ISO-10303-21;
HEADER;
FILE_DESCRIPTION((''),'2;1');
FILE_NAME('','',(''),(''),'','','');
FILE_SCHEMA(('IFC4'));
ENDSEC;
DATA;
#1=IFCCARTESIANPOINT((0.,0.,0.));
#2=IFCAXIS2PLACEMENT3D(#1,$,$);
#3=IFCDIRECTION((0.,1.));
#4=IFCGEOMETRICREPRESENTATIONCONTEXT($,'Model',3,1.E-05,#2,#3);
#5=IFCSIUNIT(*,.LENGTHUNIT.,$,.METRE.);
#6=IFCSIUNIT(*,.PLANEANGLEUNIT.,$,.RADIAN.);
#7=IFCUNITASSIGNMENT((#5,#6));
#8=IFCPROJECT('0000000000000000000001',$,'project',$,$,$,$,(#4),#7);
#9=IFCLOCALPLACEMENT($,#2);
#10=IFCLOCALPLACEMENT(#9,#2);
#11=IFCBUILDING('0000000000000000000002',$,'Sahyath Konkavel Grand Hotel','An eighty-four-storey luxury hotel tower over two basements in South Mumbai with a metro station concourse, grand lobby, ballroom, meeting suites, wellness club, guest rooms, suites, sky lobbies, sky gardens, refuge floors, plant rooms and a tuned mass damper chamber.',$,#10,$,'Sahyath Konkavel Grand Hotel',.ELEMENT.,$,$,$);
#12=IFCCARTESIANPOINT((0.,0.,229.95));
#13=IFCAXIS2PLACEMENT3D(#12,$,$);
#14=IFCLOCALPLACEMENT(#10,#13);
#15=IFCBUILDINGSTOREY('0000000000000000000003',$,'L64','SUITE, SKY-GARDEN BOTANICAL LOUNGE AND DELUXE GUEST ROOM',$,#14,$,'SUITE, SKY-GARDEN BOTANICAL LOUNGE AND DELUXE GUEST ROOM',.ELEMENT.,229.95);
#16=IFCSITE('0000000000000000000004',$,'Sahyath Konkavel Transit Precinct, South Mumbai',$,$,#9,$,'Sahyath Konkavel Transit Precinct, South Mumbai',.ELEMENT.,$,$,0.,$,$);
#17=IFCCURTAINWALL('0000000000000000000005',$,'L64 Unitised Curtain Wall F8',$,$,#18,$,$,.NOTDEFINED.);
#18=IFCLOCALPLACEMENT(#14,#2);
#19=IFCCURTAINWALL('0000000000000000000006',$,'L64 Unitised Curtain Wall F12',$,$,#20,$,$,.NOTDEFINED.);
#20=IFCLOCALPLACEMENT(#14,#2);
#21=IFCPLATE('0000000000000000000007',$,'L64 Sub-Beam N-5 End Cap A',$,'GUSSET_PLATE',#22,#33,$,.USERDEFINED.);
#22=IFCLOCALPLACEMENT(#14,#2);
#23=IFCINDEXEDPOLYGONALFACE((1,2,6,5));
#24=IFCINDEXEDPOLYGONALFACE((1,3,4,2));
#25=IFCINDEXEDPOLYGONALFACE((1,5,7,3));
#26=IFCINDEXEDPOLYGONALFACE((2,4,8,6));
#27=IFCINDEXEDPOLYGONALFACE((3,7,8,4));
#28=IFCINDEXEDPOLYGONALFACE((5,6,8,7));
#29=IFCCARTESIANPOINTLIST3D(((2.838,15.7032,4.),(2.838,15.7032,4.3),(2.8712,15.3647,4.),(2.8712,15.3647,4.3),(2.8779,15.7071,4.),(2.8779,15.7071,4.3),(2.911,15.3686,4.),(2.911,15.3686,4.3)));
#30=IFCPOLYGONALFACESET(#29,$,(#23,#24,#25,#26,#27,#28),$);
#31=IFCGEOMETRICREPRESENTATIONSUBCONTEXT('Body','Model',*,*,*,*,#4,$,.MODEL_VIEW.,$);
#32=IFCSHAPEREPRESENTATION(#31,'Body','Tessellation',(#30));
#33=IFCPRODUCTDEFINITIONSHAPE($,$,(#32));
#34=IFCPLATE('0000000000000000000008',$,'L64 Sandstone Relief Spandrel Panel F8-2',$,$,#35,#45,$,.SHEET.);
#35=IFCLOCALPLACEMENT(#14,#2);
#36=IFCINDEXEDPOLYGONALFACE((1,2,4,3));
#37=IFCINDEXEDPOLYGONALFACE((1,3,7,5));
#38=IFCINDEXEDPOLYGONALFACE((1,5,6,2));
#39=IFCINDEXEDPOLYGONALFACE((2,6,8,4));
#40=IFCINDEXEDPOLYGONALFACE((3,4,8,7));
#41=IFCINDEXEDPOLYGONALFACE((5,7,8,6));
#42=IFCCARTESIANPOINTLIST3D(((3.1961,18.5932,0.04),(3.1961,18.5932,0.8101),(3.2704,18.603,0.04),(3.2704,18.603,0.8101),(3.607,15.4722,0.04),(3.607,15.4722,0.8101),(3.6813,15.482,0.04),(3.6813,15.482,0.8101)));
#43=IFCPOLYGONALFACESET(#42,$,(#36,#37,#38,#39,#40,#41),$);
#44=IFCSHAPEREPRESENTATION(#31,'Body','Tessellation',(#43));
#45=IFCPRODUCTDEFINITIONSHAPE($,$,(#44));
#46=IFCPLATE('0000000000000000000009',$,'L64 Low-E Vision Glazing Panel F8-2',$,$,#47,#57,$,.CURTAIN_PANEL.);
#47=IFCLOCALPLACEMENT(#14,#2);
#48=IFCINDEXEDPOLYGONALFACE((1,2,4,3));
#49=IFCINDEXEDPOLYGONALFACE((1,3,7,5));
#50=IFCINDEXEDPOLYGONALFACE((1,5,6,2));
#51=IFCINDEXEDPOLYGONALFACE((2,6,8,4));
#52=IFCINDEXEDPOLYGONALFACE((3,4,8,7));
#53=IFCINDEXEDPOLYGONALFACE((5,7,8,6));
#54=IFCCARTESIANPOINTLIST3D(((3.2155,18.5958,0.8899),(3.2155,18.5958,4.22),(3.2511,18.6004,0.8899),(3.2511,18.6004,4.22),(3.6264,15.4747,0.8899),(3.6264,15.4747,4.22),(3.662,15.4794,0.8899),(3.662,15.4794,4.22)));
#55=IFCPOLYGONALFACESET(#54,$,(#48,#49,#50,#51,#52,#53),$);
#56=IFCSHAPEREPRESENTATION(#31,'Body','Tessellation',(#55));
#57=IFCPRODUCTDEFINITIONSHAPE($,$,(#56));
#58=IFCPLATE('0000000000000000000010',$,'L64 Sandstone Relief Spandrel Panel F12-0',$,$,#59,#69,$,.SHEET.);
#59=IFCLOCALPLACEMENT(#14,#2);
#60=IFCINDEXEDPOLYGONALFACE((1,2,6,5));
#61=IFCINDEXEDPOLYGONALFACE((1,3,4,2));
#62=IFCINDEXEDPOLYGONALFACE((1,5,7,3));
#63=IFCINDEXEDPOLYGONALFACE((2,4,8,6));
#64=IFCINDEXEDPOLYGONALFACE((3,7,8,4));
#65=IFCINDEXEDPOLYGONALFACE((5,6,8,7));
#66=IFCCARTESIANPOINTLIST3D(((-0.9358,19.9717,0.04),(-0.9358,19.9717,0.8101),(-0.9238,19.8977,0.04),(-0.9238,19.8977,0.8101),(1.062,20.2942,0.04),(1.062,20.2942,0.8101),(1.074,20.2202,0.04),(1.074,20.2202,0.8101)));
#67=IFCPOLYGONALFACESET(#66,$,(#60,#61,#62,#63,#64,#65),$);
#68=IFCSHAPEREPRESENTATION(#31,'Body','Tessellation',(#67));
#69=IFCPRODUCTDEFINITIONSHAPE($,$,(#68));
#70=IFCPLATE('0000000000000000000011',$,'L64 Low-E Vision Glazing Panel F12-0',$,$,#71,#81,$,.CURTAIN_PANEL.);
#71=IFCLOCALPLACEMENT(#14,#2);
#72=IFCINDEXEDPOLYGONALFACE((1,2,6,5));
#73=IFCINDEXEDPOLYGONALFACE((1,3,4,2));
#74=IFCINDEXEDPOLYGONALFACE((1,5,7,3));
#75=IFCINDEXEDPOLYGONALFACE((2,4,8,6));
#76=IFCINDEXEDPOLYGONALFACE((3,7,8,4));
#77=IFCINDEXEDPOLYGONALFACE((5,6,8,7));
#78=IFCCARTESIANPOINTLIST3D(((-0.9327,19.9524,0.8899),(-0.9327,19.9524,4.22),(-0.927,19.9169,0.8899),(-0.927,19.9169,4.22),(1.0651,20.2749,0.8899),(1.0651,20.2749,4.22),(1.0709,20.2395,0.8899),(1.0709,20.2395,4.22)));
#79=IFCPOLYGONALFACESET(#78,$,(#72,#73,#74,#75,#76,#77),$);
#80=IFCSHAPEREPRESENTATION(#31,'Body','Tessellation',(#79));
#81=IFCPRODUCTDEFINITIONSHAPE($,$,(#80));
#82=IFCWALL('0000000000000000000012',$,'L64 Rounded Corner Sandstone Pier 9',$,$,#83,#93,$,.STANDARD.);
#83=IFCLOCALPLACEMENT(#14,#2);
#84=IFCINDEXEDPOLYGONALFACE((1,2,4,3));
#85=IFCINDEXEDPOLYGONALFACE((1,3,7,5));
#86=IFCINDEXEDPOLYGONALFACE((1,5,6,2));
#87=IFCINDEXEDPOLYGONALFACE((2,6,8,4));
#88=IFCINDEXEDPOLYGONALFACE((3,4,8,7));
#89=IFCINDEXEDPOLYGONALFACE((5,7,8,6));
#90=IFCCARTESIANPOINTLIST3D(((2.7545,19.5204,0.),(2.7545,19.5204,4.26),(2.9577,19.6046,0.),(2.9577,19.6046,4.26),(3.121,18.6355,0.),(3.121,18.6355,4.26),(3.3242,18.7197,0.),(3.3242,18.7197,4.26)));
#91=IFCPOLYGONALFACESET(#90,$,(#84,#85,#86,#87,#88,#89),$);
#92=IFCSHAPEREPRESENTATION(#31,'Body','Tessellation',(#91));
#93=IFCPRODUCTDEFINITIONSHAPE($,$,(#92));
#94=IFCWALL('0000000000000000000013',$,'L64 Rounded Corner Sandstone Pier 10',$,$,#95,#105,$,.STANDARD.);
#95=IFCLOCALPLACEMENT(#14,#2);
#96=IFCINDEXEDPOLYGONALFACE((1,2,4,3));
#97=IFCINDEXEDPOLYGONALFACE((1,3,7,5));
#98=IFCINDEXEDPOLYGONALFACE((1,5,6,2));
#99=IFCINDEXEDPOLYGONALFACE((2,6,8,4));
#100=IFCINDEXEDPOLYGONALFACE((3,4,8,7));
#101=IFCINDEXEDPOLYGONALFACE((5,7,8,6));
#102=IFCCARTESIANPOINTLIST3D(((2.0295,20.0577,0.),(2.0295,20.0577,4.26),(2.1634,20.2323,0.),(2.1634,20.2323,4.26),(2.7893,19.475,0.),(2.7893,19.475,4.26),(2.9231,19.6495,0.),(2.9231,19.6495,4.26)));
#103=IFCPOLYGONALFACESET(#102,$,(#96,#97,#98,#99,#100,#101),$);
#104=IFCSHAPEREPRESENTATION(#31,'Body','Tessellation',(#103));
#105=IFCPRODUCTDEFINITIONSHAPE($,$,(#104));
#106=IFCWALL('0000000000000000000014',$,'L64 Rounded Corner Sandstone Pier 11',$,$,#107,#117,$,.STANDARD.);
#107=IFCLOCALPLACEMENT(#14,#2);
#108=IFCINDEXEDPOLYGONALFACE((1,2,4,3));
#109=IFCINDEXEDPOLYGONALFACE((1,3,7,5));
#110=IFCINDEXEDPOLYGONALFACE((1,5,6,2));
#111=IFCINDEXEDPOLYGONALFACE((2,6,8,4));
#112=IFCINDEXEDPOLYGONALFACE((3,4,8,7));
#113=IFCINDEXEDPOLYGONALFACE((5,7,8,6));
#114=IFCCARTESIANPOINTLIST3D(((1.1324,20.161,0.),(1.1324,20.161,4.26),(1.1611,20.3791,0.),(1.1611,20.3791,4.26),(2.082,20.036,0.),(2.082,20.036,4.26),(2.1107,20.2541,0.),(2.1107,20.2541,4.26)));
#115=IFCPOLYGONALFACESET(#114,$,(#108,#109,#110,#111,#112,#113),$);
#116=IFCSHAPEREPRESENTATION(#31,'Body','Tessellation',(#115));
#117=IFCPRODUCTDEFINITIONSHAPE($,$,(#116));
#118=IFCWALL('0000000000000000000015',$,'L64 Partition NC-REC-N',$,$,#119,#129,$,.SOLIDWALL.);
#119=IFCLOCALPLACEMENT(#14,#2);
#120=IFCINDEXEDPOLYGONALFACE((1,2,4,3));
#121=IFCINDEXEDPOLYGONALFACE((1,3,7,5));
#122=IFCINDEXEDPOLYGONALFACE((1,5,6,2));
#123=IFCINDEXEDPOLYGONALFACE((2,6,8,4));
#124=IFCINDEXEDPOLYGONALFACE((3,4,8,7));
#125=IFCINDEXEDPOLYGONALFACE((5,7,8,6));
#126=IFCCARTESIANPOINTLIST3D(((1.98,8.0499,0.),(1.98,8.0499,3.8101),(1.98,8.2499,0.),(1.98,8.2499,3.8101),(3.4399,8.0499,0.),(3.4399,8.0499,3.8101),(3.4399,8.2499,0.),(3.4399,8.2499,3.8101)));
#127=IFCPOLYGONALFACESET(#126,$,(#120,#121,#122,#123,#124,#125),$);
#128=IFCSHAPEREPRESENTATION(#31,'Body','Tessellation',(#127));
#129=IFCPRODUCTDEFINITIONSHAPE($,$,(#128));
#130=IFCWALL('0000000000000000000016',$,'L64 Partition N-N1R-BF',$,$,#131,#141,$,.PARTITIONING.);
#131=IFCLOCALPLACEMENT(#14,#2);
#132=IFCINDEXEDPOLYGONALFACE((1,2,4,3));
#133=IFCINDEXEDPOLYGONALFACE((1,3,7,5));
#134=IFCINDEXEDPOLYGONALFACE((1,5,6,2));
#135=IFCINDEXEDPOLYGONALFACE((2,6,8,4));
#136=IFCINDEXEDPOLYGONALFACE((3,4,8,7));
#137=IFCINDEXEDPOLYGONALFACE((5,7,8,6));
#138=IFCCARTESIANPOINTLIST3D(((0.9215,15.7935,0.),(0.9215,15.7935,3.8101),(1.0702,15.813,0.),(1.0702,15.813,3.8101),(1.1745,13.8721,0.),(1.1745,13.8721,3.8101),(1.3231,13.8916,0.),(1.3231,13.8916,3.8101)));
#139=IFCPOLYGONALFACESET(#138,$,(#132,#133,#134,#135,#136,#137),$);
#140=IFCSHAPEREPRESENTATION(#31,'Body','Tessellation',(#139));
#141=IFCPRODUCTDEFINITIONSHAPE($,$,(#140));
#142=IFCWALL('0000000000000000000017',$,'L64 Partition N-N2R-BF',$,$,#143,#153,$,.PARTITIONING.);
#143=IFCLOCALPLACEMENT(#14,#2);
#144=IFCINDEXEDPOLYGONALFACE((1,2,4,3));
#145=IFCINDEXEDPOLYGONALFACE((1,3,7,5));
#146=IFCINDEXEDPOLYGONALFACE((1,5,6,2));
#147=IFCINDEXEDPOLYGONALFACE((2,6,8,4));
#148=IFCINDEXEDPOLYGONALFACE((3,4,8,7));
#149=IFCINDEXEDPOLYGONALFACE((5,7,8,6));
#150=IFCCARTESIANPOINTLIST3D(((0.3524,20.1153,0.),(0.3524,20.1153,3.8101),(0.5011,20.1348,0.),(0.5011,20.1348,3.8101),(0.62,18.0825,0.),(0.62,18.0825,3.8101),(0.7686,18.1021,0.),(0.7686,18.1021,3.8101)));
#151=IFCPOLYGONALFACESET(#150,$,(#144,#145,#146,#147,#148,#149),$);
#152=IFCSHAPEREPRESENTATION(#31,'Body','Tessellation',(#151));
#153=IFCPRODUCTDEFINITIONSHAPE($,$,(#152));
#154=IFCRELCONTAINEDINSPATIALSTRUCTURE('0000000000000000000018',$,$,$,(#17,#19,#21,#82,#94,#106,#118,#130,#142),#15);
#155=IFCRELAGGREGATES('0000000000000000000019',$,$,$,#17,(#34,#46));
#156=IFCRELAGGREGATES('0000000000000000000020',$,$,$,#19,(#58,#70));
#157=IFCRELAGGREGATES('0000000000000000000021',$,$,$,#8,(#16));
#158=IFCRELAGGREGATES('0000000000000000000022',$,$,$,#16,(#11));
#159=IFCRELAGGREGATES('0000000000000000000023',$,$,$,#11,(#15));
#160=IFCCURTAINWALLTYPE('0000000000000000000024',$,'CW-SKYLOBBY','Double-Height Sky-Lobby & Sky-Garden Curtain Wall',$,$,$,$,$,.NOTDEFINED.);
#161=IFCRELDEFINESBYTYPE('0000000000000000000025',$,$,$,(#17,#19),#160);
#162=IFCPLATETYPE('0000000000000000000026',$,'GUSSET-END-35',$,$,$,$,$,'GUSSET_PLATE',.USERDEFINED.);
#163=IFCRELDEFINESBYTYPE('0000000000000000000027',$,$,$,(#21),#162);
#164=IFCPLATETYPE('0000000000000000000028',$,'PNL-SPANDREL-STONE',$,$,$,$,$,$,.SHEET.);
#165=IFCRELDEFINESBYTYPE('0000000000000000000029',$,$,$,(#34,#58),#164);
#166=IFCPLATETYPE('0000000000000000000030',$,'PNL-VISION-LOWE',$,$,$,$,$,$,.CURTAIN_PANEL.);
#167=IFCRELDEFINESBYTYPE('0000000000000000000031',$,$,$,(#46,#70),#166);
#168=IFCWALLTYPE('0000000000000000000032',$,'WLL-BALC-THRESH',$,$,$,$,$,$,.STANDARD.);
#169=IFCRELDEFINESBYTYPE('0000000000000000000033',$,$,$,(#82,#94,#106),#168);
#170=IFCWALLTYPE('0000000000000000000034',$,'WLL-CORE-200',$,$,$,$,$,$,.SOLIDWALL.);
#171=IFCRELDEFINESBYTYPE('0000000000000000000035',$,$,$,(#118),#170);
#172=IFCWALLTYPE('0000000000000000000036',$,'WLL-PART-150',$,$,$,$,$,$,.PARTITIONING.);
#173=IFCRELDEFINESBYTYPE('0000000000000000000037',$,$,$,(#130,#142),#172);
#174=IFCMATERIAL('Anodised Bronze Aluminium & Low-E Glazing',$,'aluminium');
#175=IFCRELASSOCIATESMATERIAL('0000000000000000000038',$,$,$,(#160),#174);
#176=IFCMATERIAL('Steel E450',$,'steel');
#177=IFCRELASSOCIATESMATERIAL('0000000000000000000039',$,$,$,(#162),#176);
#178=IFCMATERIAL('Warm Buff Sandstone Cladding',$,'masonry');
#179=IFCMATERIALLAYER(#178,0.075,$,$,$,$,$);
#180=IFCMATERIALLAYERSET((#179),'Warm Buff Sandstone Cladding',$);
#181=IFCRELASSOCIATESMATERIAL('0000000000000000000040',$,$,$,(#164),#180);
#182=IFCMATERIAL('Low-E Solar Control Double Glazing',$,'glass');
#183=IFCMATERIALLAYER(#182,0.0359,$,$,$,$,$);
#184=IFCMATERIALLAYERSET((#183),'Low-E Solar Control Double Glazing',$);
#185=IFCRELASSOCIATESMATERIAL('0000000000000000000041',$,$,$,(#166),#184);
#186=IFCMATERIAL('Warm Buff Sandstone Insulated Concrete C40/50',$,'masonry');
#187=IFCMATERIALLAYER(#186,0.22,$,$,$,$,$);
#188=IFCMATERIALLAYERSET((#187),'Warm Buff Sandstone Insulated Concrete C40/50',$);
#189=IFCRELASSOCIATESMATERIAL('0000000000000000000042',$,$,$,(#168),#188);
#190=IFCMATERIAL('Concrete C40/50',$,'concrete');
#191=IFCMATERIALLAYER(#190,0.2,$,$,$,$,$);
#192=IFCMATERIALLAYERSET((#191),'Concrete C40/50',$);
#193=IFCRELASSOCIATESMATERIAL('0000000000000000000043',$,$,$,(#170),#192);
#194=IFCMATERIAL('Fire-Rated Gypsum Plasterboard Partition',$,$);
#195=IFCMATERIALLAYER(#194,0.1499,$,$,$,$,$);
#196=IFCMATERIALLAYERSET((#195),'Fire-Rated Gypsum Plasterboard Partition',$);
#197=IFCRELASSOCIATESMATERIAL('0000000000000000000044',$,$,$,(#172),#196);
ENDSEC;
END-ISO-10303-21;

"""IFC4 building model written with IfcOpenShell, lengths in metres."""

from ifc_helpers import new_model, si_unit, direction, frame, frame_2d, origin, origin_2d, place, context, subcontext, project, spatial, rectangle, extrude, source, transform, mapped, material, layer, layer_set, type_object, element, aggregate, save


model = new_model("IFC4")

# Units and contexts
model_context = context("Model", 3, precision=1e-05, world=origin(), true_north=direction((0.0, 1.0)))
body_context = subcontext(model_context, "Body", "Model", "MODEL_VIEW")
ifc_project = project(units=[si_unit("LENGTHUNIT", "METRE"), si_unit("PLANEANGLEUNIT", "RADIAN")], contexts=[model_context])

# Site, building, storey
site_placement = place(None, origin())
site = spatial("IfcSite", under=ifc_project, at=site_placement, Name="Sahyath Konkavel Transit Precinct, South Mumbai", LongName="Sahyath Konkavel Transit Precinct, South Mumbai", CompositionType="ELEMENT", RefElevation=0.0)
building_placement = place(site_placement, origin())
building = spatial("IfcBuilding", under=site, at=building_placement, Name="Sahyath Konkavel Grand Hotel", Description="An eighty-four-storey luxury hotel tower over two basements in South Mumbai with a metro station concourse, grand lobby, ballroom, meeting suites, wellness club, guest rooms, suites, sky lobbies, sky gardens, refuge floors, plant rooms and a tuned mass damper chamber.", LongName="Sahyath Konkavel Grand Hotel", CompositionType="ELEMENT")
storey_placement = place(building_placement, frame((0.0, 0.0, 229.95)))
storey = spatial("IfcBuildingStorey", under=building, at=storey_placement, Name="L64", Description="SUITE, SKY-GARDEN BOTANICAL LOUNGE AND DELUXE GUEST ROOM", LongName="SUITE, SKY-GARDEN BOTANICAL LOUNGE AND DELUXE GUEST ROOM", CompositionType="ELEMENT", Elevation=229.95)

# Shared definitions
ifc_material_1 = material(Name="Concrete C40/50", Category="concrete")

# Curtain wall
ifc_material_2 = material(Name="Anodised Bronze Aluminium & Low-E Glazing", Category="aluminium")
curtain_wall_type = type_object("IfcCurtainWallType", Name="CW-SKYLOBBY", Description="Double-Height Sky-Lobby & Sky-Garden Curtain Wall", PredefinedType="NOTDEFINED", material=ifc_material_2)
curtain_wall_1_placement = place(storey_placement, origin())
curtain_wall_1 = element("IfcCurtainWall", 1, at=curtain_wall_1_placement, inside=storey, type_object=curtain_wall_type, Name="L64 Unitised Curtain Wall F8", PredefinedType="NOTDEFINED")

# Curtain wall
curtain_wall_2_placement = place(storey_placement, origin())
curtain_wall_2 = element("IfcCurtainWall", 2, at=curtain_wall_2_placement, inside=storey, type_object=curtain_wall_type, Name="L64 Unitised Curtain Wall F12", PredefinedType="NOTDEFINED")

# Plates
ifc_material_3 = material(Name="Steel E450", Category="steel")
plate_type_1 = type_object("IfcPlateType", Name="GUSSET-END-35", ElementType="GUSSET_PLATE", PredefinedType="USERDEFINED", material=ifc_material_3)
shared_shape_1 = source(origin(), body_context, "Body", "SweptSolid", [
    extrude(rectangle(XDim=0.04, YDim=0.3401, at=origin_2d()), origin(), (0.0, 0.0, 1.0), 0.3),
])
plate_1_placement = place(storey_placement, frame((2.8745, 15.5359, 4.0), z_axis=(0.0, 0.0, 1.0), x_axis=(-0.995233, -0.097531, 0.0)))
element("IfcPlate", 3, at=plate_1_placement, inside=storey, type_object=plate_type_1, Name="L64 Sub-Beam N-5 End Cap A", ObjectType="GUSSET_PLATE", PredefinedType="USERDEFINED", context=body_context, shape_type="MappedRepresentation", body=[
    mapped(shared_shape_1, transform((0.0, 0.0, 0.0), scale=1.0)),
])
ifc_material_4 = material(Name="Warm Buff Sandstone Cladding", Category="masonry")
ifc_layer_1 = layer(ifc_material_4, 0.075)
ifc_layer_set_1 = layer_set([ifc_layer_1], Name="Warm Buff Sandstone Cladding")
plate_type_2 = type_object("IfcPlateType", Name="PNL-SPANDREL-STONE", PredefinedType="SHEET", material=ifc_layer_set_1)
shared_shape_2 = source(origin(), body_context, "Body", "SweptSolid", [
    extrude(rectangle(XDim=3.1479, YDim=0.075, at=origin_2d()), origin(), (0.0, 0.0, 1.0), 0.77),
])
plate_2_placement = place(storey_placement, frame((3.4387, 17.0376, 0.04), z_axis=(0.0, 0.0, 1.0), x_axis=(-0.130526, 0.991445, 0.0)))
plate_2 = element("IfcPlate", 4, at=plate_2_placement, type_object=plate_type_2, Name="L64 Sandstone Relief Spandrel Panel F8-2", PredefinedType="SHEET", context=body_context, shape_type="MappedRepresentation", body=[
    mapped(shared_shape_2, transform((0.0, 0.0, 0.0), scale=1.0)),
])
ifc_material_5 = material(Name="Low-E Solar Control Double Glazing", Category="glass")
ifc_layer_2 = layer(ifc_material_5, 0.0359)
ifc_layer_set_2 = layer_set([ifc_layer_2], Name="Low-E Solar Control Double Glazing")
plate_type_3 = type_object("IfcPlateType", Name="PNL-VISION-LOWE", PredefinedType="CURTAIN_PANEL", material=ifc_layer_set_2)
shared_shape_3 = source(origin(), body_context, "Body", "SweptSolid", [
    extrude(rectangle(XDim=3.1479, YDim=0.0359, at=origin_2d()), origin(), (0.0, 0.0, 1.0), 3.3301),
])
plate_3_placement = place(storey_placement, frame((3.4387, 17.0376, 0.8899), z_axis=(0.0, 0.0, 1.0), x_axis=(-0.130526, 0.991445, 0.0)))
plate_3 = element("IfcPlate", 5, at=plate_3_placement, type_object=plate_type_3, Name="L64 Low-E Vision Glazing Panel F8-2", PredefinedType="CURTAIN_PANEL", context=body_context, shape_type="MappedRepresentation", body=[
    mapped(shared_shape_3, transform((0.0, 0.0, 0.0), scale=1.0)),
])
aggregate(curtain_wall_1, [plate_2, plate_3])
shared_shape_4 = source(origin(), body_context, "Body", "SweptSolid", [
    extrude(rectangle(XDim=2.0237, YDim=0.075, at=origin_2d()), origin(), (0.0, 0.0, 1.0), 0.77),
])
plate_4_placement = place(storey_placement, frame((0.0691, 20.0959, 0.04), z_axis=(0.0, 0.0, 1.0), x_axis=(-0.987214, -0.159399, 0.0)))
plate_4 = element("IfcPlate", 6, at=plate_4_placement, type_object=plate_type_2, Name="L64 Sandstone Relief Spandrel Panel F12-0", PredefinedType="SHEET", context=body_context, shape_type="MappedRepresentation", body=[
    mapped(shared_shape_4, transform((0.0, 0.0, 0.0), scale=1.0)),
])
shared_shape_5 = source(origin(), body_context, "Body", "SweptSolid", [
    extrude(rectangle(XDim=2.0237, YDim=0.0359, at=origin_2d()), origin(), (0.0, 0.0, 1.0), 3.3301),
])
plate_5_placement = place(storey_placement, frame((0.0691, 20.0959, 0.8899), z_axis=(0.0, 0.0, 1.0), x_axis=(-0.987214, -0.159399, 0.0)))
plate_5 = element("IfcPlate", 7, at=plate_5_placement, type_object=plate_type_3, Name="L64 Low-E Vision Glazing Panel F12-0", PredefinedType="CURTAIN_PANEL", context=body_context, shape_type="MappedRepresentation", body=[
    mapped(shared_shape_5, transform((0.0, 0.0, 0.0), scale=1.0)),
])
aggregate(curtain_wall_2, [plate_4, plate_5])

# Walls
ifc_material_6 = material(Name="Warm Buff Sandstone Insulated Concrete C40/50", Category="masonry")
ifc_layer_3 = layer(ifc_material_6, 0.22)
ifc_layer_set_3 = layer_set([ifc_layer_3], Name="Warm Buff Sandstone Insulated Concrete C40/50")
wall_type_1 = type_object("IfcWallType", Name="WLL-BALC-THRESH", PredefinedType="STANDARD", material=ifc_layer_set_3)
wall_1_placement = place(storey_placement, frame((3.2227, 18.6775, 0.0), z_axis=(0.0, 0.0, 1.0), x_axis=(-0.38266, 0.923889, 0.0)))
element("IfcWall", 8, at=wall_1_placement, inside=storey, type_object=wall_type_1, Name="L64 Rounded Corner Sandstone Pier 9", PredefinedType="STANDARD", context=body_context, shape_type="SweptSolid", body=[
    extrude(rectangle(XDim=0.9578, YDim=0.22, at=frame_2d((0.479, 0.0))), origin(), (0.0, 0.0, 1.0), 4.26),
])
wall_2_placement = place(storey_placement, frame((2.8562, 19.5623, 0.0), z_axis=(0.0, 0.0, 1.0), x_axis=(-0.793467, 0.608614, 0.0)))
element("IfcWall", 9, at=wall_2_placement, inside=storey, type_object=wall_type_1, Name="L64 Rounded Corner Sandstone Pier 10", PredefinedType="STANDARD", context=body_context, shape_type="SweptSolid", body=[
    extrude(rectangle(XDim=0.9575, YDim=0.22, at=frame_2d((0.4788, 0.0))), origin(), (0.0, 0.0, 1.0), 4.26),
])
wall_3_placement = place(storey_placement, frame((2.0964, 20.145, 0.0), z_axis=(0.0, 0.0, 1.0), x_axis=(-0.991445, 0.130527, 0.0)))
element("IfcWall", 10, at=wall_3_placement, inside=storey, type_object=wall_type_1, Name="L64 Rounded Corner Sandstone Pier 11", PredefinedType="STANDARD", context=body_context, shape_type="SweptSolid", body=[
    extrude(rectangle(XDim=0.9578, YDim=0.22, at=frame_2d((0.479, 0.0))), origin(), (0.0, 0.0, 1.0), 4.26),
])
ifc_layer_4 = layer(ifc_material_1, 0.2)
ifc_layer_set_4 = layer_set([ifc_layer_4], Name="Concrete C40/50")
wall_type_2 = type_object("IfcWallType", Name="WLL-CORE-200", PredefinedType="SOLIDWALL", material=ifc_layer_set_4)
wall_4_placement = place(storey_placement, frame((1.98, 8.1499, 0.0), z_axis=(0.0, 0.0, 1.0), x_axis=(1.0, 0.0, 0.0)))
element("IfcWall", 11, at=wall_4_placement, inside=storey, type_object=wall_type_2, Name="L64 Partition NC-REC-N", PredefinedType="SOLIDWALL", context=body_context, shape_type="SweptSolid", body=[
    extrude(rectangle(XDim=1.46, YDim=0.2, at=frame_2d((0.73, 0.0))), origin(), (0.0, 0.0, 1.0), 3.8101),
])
ifc_material_7 = material(Name="Fire-Rated Gypsum Plasterboard Partition")
ifc_layer_5 = layer(ifc_material_7, 0.1499)
ifc_layer_set_5 = layer_set([ifc_layer_5], Name="Fire-Rated Gypsum Plasterboard Partition")
wall_type_3 = type_object("IfcWallType", Name="WLL-PART-150", PredefinedType="PARTITIONING", material=ifc_layer_set_5)
wall_5_placement = place(storey_placement, frame((1.2488, 13.8818, 0.0), z_axis=(0.0, 0.0, 1.0), x_axis=(-0.130513, 0.991447, 0.0)))
element("IfcWall", 12, at=wall_5_placement, inside=storey, type_object=wall_type_3, Name="L64 Partition N-N1R-BF", PredefinedType="PARTITIONING", context=body_context, shape_type="SweptSolid", body=[
    extrude(rectangle(XDim=1.938, YDim=0.1499, at=frame_2d((0.969, 0.0))), origin(), (0.0, 0.0, 1.0), 3.8101),
])
wall_6_placement = place(storey_placement, frame((0.6943, 18.0923, 0.0), z_axis=(0.0, 0.0, 1.0), x_axis=(-0.13051, 0.991447, 0.0)))
element("IfcWall", 13, at=wall_6_placement, inside=storey, type_object=wall_type_3, Name="L64 Partition N-N2R-BF", PredefinedType="PARTITIONING", context=body_context, shape_type="SweptSolid", body=[
    extrude(rectangle(XDim=2.0503, YDim=0.1499, at=frame_2d((1.0251, 0.0))), origin(), (0.0, 0.0, 1.0), 3.8101),
])

save(model, "model.ifc")
